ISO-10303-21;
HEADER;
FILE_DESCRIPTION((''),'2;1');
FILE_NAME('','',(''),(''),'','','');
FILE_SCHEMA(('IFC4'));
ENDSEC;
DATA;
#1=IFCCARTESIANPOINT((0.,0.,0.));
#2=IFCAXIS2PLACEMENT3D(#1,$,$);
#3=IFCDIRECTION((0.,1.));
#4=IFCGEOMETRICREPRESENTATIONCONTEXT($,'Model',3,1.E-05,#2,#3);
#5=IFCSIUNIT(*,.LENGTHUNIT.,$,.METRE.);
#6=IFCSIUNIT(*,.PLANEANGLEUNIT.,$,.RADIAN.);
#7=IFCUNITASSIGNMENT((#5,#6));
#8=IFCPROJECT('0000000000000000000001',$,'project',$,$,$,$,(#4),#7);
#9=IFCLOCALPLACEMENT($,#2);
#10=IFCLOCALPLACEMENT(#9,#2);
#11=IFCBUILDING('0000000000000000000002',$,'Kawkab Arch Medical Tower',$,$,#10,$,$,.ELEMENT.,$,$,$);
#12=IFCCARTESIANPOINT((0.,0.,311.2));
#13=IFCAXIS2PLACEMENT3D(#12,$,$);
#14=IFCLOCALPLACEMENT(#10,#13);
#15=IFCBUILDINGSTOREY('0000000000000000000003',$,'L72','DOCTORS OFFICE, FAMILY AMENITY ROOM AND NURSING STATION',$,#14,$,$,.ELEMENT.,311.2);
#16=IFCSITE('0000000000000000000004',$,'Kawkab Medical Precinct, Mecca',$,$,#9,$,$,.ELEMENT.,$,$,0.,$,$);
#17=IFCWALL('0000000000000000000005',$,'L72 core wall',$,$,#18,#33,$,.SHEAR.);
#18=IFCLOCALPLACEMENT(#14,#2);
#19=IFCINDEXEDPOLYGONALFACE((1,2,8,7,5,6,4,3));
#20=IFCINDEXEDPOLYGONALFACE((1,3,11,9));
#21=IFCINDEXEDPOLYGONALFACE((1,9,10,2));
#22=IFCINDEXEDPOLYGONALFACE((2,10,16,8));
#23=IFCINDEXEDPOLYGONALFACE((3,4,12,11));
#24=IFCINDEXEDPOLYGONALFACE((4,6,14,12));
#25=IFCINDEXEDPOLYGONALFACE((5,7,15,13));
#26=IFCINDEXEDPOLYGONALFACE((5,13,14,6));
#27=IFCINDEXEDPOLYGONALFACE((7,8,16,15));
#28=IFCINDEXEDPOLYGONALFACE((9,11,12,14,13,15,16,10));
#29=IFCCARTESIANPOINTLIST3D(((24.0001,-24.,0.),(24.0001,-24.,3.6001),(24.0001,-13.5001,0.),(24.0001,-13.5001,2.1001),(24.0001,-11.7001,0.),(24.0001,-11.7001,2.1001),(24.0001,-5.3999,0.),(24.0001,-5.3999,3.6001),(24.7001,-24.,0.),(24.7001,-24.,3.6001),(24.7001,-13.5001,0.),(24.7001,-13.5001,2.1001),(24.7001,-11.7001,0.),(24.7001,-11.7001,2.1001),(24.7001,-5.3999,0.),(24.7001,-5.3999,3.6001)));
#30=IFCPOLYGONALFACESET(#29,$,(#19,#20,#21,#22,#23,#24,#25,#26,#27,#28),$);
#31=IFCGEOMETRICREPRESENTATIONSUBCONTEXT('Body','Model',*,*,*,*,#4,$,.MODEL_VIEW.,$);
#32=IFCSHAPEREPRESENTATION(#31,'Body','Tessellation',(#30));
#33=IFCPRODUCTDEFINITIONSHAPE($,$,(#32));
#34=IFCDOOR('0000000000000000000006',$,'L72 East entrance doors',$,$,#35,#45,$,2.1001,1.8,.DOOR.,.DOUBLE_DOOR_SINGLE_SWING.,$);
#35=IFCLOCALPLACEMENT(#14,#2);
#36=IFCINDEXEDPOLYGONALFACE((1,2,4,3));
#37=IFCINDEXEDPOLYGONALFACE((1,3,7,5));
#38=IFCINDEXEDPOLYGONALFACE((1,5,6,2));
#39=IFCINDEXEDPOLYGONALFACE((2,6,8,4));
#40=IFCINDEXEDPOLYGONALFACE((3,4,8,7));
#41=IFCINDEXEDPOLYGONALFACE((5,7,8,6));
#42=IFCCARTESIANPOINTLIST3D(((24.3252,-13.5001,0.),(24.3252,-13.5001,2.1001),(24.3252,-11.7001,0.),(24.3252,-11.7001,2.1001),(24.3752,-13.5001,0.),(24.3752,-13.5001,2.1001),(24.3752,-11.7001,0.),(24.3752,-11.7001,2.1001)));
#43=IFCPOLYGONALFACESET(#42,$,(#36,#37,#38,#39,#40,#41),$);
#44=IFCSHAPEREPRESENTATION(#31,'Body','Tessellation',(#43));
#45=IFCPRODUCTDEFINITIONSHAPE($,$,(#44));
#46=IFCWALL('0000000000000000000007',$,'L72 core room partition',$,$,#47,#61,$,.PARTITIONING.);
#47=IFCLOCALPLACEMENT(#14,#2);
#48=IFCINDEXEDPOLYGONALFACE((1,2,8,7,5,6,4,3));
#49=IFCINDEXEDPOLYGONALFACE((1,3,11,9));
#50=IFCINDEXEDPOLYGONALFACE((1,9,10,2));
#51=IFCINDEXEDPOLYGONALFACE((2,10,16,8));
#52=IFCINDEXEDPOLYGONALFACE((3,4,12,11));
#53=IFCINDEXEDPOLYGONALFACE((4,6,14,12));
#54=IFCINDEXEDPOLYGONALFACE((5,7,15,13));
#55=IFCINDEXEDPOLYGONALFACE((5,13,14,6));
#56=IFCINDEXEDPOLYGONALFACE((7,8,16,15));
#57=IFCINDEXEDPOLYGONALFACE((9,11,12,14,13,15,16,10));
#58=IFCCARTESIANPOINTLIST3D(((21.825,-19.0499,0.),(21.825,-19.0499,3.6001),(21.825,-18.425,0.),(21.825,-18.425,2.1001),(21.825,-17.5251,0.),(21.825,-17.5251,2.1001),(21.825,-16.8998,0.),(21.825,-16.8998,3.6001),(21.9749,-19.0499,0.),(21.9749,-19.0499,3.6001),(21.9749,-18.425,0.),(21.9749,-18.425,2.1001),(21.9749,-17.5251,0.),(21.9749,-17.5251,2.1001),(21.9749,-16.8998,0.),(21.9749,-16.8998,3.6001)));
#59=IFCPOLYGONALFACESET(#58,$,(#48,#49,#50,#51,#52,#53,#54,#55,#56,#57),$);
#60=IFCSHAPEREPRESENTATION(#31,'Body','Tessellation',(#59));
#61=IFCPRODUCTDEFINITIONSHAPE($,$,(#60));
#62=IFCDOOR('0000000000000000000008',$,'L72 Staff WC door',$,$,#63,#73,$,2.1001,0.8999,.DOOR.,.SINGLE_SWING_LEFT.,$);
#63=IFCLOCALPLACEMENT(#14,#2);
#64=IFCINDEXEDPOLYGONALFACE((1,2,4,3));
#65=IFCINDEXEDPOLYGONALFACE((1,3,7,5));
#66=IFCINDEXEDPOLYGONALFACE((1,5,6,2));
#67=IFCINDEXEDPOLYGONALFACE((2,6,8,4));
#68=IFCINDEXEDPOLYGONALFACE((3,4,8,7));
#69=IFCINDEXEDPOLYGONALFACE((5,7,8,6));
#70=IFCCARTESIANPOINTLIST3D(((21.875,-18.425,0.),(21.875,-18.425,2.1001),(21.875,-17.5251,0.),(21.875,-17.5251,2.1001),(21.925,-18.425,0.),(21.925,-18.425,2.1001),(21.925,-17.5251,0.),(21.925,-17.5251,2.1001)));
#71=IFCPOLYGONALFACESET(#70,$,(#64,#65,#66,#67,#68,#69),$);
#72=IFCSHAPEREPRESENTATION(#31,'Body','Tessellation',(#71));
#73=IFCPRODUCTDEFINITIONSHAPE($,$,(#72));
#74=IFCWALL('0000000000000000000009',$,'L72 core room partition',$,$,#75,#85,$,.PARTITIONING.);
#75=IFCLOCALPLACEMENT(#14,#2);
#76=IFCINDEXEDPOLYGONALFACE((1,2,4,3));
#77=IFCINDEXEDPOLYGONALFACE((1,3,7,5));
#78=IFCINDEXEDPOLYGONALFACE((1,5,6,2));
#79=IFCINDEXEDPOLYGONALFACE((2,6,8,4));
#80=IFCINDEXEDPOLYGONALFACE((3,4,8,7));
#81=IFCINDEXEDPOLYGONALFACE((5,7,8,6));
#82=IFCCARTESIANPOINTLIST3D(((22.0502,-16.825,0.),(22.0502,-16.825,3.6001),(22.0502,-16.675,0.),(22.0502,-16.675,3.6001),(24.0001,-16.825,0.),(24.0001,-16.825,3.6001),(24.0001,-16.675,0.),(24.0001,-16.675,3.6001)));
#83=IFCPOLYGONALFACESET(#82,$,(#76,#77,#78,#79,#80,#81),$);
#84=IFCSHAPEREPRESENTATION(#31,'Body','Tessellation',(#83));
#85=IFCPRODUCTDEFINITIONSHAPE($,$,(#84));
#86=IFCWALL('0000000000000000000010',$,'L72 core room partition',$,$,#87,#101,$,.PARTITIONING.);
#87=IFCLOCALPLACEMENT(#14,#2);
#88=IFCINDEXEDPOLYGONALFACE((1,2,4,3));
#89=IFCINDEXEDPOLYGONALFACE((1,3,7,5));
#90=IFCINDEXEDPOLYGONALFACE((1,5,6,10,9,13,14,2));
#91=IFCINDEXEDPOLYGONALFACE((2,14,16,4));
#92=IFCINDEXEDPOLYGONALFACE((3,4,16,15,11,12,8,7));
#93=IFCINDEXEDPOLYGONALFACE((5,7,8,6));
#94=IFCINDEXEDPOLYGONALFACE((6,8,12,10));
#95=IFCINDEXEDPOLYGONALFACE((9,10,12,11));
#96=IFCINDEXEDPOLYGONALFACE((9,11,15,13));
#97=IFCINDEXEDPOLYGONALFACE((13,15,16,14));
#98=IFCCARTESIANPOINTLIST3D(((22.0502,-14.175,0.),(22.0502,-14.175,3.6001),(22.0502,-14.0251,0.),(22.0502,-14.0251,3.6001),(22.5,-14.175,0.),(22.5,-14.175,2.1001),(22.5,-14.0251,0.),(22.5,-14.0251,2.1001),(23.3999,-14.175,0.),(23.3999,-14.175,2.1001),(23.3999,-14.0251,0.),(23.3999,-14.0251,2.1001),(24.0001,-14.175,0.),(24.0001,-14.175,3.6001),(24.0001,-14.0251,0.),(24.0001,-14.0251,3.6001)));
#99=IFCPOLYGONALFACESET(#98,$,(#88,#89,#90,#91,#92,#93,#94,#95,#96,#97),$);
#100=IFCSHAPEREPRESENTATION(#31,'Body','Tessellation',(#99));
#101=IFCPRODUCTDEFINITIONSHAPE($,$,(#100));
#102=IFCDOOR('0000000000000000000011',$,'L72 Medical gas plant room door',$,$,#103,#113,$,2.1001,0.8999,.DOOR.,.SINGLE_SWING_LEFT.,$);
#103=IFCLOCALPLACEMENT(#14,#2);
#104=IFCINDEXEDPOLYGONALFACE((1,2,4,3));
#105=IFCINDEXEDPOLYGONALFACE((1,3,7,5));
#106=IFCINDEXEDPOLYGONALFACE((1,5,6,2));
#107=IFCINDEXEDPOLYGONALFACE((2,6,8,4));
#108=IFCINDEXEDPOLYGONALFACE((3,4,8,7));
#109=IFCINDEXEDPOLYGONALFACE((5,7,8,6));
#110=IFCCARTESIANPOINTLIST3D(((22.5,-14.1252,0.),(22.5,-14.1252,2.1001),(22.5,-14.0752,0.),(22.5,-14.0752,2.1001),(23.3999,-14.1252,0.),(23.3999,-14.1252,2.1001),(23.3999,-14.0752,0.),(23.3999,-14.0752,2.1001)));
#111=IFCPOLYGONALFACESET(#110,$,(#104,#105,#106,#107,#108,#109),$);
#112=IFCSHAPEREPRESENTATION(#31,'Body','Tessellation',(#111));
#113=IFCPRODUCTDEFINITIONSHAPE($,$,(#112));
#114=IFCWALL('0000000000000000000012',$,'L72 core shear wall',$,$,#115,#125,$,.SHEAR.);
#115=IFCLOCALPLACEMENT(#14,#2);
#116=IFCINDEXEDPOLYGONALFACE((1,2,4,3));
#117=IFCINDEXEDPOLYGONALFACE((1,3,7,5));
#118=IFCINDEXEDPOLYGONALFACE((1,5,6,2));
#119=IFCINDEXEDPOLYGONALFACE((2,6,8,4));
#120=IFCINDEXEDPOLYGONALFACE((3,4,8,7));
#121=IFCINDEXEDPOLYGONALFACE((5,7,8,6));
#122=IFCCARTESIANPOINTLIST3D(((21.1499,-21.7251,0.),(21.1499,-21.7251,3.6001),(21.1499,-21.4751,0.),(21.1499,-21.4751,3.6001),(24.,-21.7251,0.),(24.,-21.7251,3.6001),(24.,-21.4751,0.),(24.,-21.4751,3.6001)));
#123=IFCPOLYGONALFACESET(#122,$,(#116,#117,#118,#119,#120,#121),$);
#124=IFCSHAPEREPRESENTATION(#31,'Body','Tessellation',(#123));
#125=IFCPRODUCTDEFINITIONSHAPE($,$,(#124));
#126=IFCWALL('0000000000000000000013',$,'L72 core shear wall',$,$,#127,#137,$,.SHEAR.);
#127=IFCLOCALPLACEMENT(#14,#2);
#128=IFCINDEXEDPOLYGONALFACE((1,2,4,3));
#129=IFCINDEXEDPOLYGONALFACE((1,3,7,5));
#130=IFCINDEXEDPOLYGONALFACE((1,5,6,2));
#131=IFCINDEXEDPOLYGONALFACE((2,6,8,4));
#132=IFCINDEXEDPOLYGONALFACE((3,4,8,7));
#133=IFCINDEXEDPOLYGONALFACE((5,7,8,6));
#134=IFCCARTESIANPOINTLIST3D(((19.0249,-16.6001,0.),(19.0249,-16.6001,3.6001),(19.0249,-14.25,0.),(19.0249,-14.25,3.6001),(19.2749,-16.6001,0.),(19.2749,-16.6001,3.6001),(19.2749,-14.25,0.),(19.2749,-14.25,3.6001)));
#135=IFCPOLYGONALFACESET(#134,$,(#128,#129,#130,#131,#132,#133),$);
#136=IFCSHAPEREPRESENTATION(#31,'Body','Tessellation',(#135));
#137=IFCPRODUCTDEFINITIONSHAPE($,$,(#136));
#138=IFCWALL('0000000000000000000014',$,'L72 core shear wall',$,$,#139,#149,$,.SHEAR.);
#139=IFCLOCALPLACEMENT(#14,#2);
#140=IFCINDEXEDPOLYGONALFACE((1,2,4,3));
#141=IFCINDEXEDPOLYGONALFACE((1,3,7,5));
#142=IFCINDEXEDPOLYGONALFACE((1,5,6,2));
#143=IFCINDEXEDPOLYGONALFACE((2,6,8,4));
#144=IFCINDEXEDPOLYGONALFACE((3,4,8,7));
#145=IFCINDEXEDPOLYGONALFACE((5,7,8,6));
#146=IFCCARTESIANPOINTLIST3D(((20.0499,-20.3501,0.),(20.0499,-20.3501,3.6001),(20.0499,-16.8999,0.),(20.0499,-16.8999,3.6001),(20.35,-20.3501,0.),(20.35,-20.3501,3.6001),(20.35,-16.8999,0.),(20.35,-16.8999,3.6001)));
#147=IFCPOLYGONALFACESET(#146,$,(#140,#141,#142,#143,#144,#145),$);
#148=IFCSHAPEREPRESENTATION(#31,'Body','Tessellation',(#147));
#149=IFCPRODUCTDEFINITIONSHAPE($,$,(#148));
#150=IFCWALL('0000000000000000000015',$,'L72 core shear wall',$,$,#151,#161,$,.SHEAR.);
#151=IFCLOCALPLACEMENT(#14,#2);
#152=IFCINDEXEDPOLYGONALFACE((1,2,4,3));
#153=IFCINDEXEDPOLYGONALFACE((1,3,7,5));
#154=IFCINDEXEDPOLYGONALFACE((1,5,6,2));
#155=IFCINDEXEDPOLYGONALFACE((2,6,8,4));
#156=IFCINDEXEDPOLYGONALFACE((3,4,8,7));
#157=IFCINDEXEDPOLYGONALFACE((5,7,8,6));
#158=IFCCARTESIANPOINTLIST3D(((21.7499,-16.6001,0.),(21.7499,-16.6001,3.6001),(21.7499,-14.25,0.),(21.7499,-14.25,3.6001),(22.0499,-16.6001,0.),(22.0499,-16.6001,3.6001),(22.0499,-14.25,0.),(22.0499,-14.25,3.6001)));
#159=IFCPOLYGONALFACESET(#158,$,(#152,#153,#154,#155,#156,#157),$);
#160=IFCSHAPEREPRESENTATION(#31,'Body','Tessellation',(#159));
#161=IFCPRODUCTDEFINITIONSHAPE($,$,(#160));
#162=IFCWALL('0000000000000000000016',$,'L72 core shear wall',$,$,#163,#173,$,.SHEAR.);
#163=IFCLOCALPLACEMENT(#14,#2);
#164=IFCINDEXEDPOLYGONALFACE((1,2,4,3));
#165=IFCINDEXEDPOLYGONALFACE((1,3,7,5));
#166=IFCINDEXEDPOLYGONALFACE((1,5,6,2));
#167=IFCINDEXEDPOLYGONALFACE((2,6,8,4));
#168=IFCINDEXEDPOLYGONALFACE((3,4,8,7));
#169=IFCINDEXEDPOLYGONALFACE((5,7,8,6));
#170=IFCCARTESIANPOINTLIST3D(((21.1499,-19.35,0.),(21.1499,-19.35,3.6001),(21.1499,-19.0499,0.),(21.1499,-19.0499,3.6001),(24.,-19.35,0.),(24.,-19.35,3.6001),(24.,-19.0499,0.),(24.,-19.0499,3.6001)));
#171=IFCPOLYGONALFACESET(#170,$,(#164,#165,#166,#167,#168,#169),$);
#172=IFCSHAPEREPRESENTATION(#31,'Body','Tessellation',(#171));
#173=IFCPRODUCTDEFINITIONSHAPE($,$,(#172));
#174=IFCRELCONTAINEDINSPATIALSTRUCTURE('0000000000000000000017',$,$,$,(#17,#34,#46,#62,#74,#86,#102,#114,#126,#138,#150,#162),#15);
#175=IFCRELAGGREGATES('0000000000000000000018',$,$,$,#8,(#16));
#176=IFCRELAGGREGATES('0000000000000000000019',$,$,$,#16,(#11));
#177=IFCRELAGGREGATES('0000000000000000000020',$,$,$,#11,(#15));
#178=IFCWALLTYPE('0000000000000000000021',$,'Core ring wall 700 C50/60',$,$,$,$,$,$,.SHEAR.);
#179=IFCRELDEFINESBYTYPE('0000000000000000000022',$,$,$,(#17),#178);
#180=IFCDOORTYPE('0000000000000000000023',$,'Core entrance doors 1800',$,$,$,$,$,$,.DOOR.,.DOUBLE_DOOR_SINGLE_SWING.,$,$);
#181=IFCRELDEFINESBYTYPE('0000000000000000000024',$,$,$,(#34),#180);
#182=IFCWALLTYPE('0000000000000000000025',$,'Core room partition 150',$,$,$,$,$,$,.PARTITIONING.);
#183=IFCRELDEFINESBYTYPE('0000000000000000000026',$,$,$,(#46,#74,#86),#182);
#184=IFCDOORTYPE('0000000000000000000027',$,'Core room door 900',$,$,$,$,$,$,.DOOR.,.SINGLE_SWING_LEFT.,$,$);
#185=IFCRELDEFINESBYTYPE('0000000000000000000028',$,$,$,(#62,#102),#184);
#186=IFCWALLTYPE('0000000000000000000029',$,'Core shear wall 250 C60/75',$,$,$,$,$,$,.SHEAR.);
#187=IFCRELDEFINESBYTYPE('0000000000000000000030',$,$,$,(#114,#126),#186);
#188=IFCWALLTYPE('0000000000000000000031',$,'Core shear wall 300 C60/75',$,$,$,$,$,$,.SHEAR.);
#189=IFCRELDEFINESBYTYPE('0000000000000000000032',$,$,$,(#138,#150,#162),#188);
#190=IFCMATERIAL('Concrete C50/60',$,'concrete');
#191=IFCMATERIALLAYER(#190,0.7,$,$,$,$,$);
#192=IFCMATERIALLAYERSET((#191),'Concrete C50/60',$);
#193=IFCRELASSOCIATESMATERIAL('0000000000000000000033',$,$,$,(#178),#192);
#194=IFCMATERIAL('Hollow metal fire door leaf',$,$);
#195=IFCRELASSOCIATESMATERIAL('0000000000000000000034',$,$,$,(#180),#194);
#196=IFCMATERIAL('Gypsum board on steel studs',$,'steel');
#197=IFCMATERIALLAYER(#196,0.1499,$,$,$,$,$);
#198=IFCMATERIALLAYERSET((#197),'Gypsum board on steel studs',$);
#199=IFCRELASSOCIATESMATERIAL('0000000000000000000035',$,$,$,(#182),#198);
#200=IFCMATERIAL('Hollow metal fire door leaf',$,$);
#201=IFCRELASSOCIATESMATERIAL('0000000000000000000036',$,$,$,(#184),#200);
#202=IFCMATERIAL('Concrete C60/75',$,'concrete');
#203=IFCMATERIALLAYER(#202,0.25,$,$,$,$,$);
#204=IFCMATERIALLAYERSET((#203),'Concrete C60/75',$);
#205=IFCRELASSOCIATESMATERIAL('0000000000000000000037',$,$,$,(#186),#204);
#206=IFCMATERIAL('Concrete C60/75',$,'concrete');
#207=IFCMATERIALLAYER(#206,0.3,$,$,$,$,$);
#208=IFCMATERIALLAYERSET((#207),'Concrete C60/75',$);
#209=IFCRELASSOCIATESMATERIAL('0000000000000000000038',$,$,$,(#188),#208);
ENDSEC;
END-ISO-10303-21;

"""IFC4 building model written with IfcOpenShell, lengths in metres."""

from ifc_helpers import new_model, si_unit, direction, frame, frame_2d, origin, place, context, subcontext, project, spatial, rectangle, extrude, material, layer, layer_set, type_object, element, fill, save


model = new_model("IFC4")

# Units and contexts
model_context = context("Model", 3, precision=1e-05, world=origin(), true_north=direction((0.0, 1.0)))
body_context = subcontext(model_context, "Body", "Model", "MODEL_VIEW")
ifc_project = project(units=[si_unit("LENGTHUNIT", "METRE"), si_unit("PLANEANGLEUNIT", "RADIAN")], contexts=[model_context])

# Site, building, storey
site_placement = place(None, origin())
site = spatial("IfcSite", under=ifc_project, at=site_placement, Name="Kawkab Medical Precinct, Mecca", CompositionType="ELEMENT", RefElevation=0.0)
building_placement = place(site_placement, origin())
building = spatial("IfcBuilding", under=site, at=building_placement, Name="Kawkab Arch Medical Tower", CompositionType="ELEMENT")
storey_placement = place(building_placement, frame((0.0, 0.0, 311.2)))
storey = spatial("IfcBuildingStorey", under=building, at=storey_placement, Name="L72", Description="DOCTORS OFFICE, FAMILY AMENITY ROOM AND NURSING STATION", CompositionType="ELEMENT", Elevation=311.2)

# Walls, openings, doors
ifc_material_1 = material(Name="Concrete C50/60", Category="concrete")
ifc_layer_1 = layer(ifc_material_1, 0.7)
ifc_layer_set_1 = layer_set([ifc_layer_1], Name="Concrete C50/60")
wall_type_1 = type_object("IfcWallType", Name="Core ring wall 700 C50/60", PredefinedType="SHEAR", material=ifc_layer_set_1)
wall_1_placement = place(storey_placement, frame((24.3501, -24.0, 0.0), z_axis=(0.0, 0.0, 1.0), x_axis=(0.0, 1.0, 0.0)))
wall_1 = element("IfcWall", 1, at=wall_1_placement, inside=storey, type_object=wall_type_1, Name="L72 core wall", PredefinedType="SHEAR", context=body_context, shape_type="SweptSolid", body=[
    extrude(rectangle(XDim=18.6001, YDim=0.7, at=frame_2d((9.3, 0.0))), origin(), (0.0, 0.0, 1.0), 3.6001),
])
opening_1_placement = place(wall_1_placement, frame((10.5, 0.0, 0.0)))
opening_1 = element("IfcOpeningElement", 2, at=opening_1_placement, cuts=wall_1, PredefinedType="OPENING", context=body_context, shape_type="SweptSolid", body=[
    extrude(rectangle(XDim=1.8, YDim=2.1001, at=frame_2d((0.8999, 1.05))), frame((0.0, 0.3599, 0.0), z_axis=(0.0, -1.0, 0.0), x_axis=(1.0, 0.0, 0.0)), (0.0, 0.0, 1.0), 0.72),
])
ifc_material_2 = material(Name="Hollow metal fire door leaf")
door_type_1 = type_object("IfcDoorType", Name="Core entrance doors 1800", OperationType="DOUBLE_DOOR_SINGLE_SWING", PredefinedType="DOOR", material=ifc_material_2)
door_1_placement = place(opening_1_placement, origin())
door_1 = element("IfcDoor", 3, at=door_1_placement, inside=storey, type_object=door_type_1, Name="L72 East entrance doors", OperationType="DOUBLE_DOOR_SINGLE_SWING", OverallHeight=2.1001, OverallWidth=1.8, PredefinedType="DOOR", context=body_context, shape_type="SweptSolid", body=[
    extrude(rectangle(XDim=1.8, YDim=2.1001, at=frame_2d((0.8999, 1.05))), frame((0.0, 0.0249, 0.0), z_axis=(0.0, -1.0, 0.0), x_axis=(1.0, 0.0, 0.0)), (0.0, 0.0, 1.0), 0.05),
])
fill(opening_1, door_1)
ifc_material_3 = material(Name="Gypsum board on steel studs", Category="steel")
ifc_layer_2 = layer(ifc_material_3, 0.1499)
ifc_layer_set_2 = layer_set([ifc_layer_2], Name="Gypsum board on steel studs")
wall_type_2 = type_object("IfcWallType", Name="Core room partition 150", PredefinedType="PARTITIONING", material=ifc_layer_set_2)
wall_2_placement = place(storey_placement, frame((21.8999, -19.05, 0.0), z_axis=(0.0, 0.0, 1.0), x_axis=(0.0, 1.0, 0.0)))
wall_2 = element("IfcWall", 4, at=wall_2_placement, inside=storey, type_object=wall_type_2, Name="L72 core room partition", PredefinedType="PARTITIONING", context=body_context, shape_type="SweptSolid", body=[
    extrude(rectangle(XDim=2.1501, YDim=0.1499, at=frame_2d((1.0752, 0.0))), origin(), (0.0, 0.0, 1.0), 3.6001),
])
opening_2_placement = place(wall_2_placement, frame((0.625, 0.0, 0.0)))
opening_2 = element("IfcOpeningElement", 5, at=opening_2_placement, cuts=wall_2, PredefinedType="OPENING", context=body_context, shape_type="SweptSolid", body=[
    extrude(rectangle(XDim=0.8999, YDim=2.1001, at=frame_2d((0.45, 1.05))), frame((0.0, 0.085, 0.0), z_axis=(0.0, -1.0, 0.0), x_axis=(1.0, 0.0, 0.0)), (0.0, 0.0, 1.0), 0.1699),
])
ifc_material_4 = material(Name="Hollow metal fire door leaf")
door_type_2 = type_object("IfcDoorType", Name="Core room door 900", OperationType="SINGLE_SWING_LEFT", PredefinedType="DOOR", material=ifc_material_4)
door_2_placement = place(opening_2_placement, origin())
door_2 = element("IfcDoor", 6, at=door_2_placement, inside=storey, type_object=door_type_2, Name="L72 Staff WC door", OperationType="SINGLE_SWING_LEFT", OverallHeight=2.1001, OverallWidth=0.8999, PredefinedType="DOOR", context=body_context, shape_type="SweptSolid", body=[
    extrude(rectangle(XDim=0.8999, YDim=2.1001, at=frame_2d((0.45, 1.05))), frame((0.0, 0.0249, 0.0), z_axis=(0.0, -1.0, 0.0), x_axis=(1.0, 0.0, 0.0)), (0.0, 0.0, 1.0), 0.05),
])
fill(opening_2, door_2)

# Wall
wall_3_placement = place(storey_placement, frame((22.05, -16.75, 0.0), z_axis=(0.0, 0.0, 1.0), x_axis=(1.0, 0.0, 0.0)))
element("IfcWall", 7, at=wall_3_placement, inside=storey, type_object=wall_type_2, Name="L72 core room partition", PredefinedType="PARTITIONING", context=body_context, shape_type="SweptSolid", body=[
    extrude(rectangle(XDim=1.95, YDim=0.1499, at=frame_2d((0.9751, 0.0))), origin(), (0.0, 0.0, 1.0), 3.6001),
])

# Wall, opening, door
wall_4_placement = place(storey_placement, frame((22.05, -14.1001, 0.0), z_axis=(0.0, 0.0, 1.0), x_axis=(1.0, 0.0, 0.0)))
wall_4 = element("IfcWall", 8, at=wall_4_placement, inside=storey, type_object=wall_type_2, Name="L72 core room partition", PredefinedType="PARTITIONING", context=body_context, shape_type="SweptSolid", body=[
    extrude(rectangle(XDim=1.95, YDim=0.1499, at=frame_2d((0.9751, 0.0))), origin(), (0.0, 0.0, 1.0), 3.6001),
])
opening_3_placement = place(wall_4_placement, frame((0.45, 0.0, 0.0)))
opening_3 = element("IfcOpeningElement", 9, at=opening_3_placement, cuts=wall_4, PredefinedType="OPENING", context=body_context, shape_type="SweptSolid", body=[
    extrude(rectangle(XDim=0.8999, YDim=2.1001, at=frame_2d((0.45, 1.05))), frame((0.0, 0.085, 0.0), z_axis=(0.0, -1.0, 0.0), x_axis=(1.0, 0.0, 0.0)), (0.0, 0.0, 1.0), 0.1699),
])
door_3_placement = place(opening_3_placement, origin())
door_3 = element("IfcDoor", 10, at=door_3_placement, inside=storey, type_object=door_type_2, Name="L72 Medical gas plant room door", OperationType="SINGLE_SWING_LEFT", OverallHeight=2.1001, OverallWidth=0.8999, PredefinedType="DOOR", context=body_context, shape_type="SweptSolid", body=[
    extrude(rectangle(XDim=0.8999, YDim=2.1001, at=frame_2d((0.45, 1.05))), frame((0.0, 0.0249, 0.0), z_axis=(0.0, -1.0, 0.0), x_axis=(1.0, 0.0, 0.0)), (0.0, 0.0, 1.0), 0.05),
])
fill(opening_3, door_3)

# Walls
ifc_material_5 = material(Name="Concrete C60/75", Category="concrete")
ifc_layer_3 = layer(ifc_material_5, 0.25)
ifc_layer_set_3 = layer_set([ifc_layer_3], Name="Concrete C60/75")
wall_type_3 = type_object("IfcWallType", Name="Core shear wall 250 C60/75", PredefinedType="SHEAR", material=ifc_layer_set_3)
wall_5_placement = place(storey_placement, frame((21.1499, -21.6001, 0.0), z_axis=(0.0, 0.0, 1.0), x_axis=(1.0, 0.0, 0.0)))
element("IfcWall", 11, at=wall_5_placement, inside=storey, type_object=wall_type_3, Name="L72 core shear wall", PredefinedType="SHEAR", context=body_context, shape_type="SweptSolid", body=[
    extrude(rectangle(XDim=2.8501, YDim=0.25, at=frame_2d((1.425, 0.0))), origin(), (0.0, 0.0, 1.0), 3.6001),
])
wall_6_placement = place(storey_placement, frame((19.1499, -16.6001, 0.0), z_axis=(0.0, 0.0, 1.0), x_axis=(0.0, 1.0, 0.0)))
element("IfcWall", 12, at=wall_6_placement, inside=storey, type_object=wall_type_3, Name="L72 core shear wall", PredefinedType="SHEAR", context=body_context, shape_type="SweptSolid", body=[
    extrude(rectangle(XDim=2.3501, YDim=0.25, at=frame_2d((1.175, 0.0))), origin(), (0.0, 0.0, 1.0), 3.6001),
])
ifc_material_6 = material(Name="Concrete C60/75", Category="concrete")
ifc_layer_4 = layer(ifc_material_6, 0.3)
ifc_layer_set_4 = layer_set([ifc_layer_4], Name="Concrete C60/75")
wall_type_4 = type_object("IfcWallType", Name="Core shear wall 300 C60/75", PredefinedType="SHEAR", material=ifc_layer_set_4)
wall_7_placement = place(storey_placement, frame((20.2, -20.3501, 0.0), z_axis=(0.0, 0.0, 1.0), x_axis=(0.0, 1.0, 0.0)))
element("IfcWall", 13, at=wall_7_placement, inside=storey, type_object=wall_type_4, Name="L72 core shear wall", PredefinedType="SHEAR", context=body_context, shape_type="SweptSolid", body=[
    extrude(rectangle(XDim=3.4502, YDim=0.3, at=frame_2d((1.7251, 0.0))), origin(), (0.0, 0.0, 1.0), 3.6001),
])
wall_8_placement = place(storey_placement, frame((21.8999, -16.6001, 0.0), z_axis=(0.0, 0.0, 1.0), x_axis=(0.0, 1.0, 0.0)))
element("IfcWall", 14, at=wall_8_placement, inside=storey, type_object=wall_type_4, Name="L72 core shear wall", PredefinedType="SHEAR", context=body_context, shape_type="SweptSolid", body=[
    extrude(rectangle(XDim=2.3501, YDim=0.3, at=frame_2d((1.175, 0.0))), origin(), (0.0, 0.0, 1.0), 3.6001),
])
wall_9_placement = place(storey_placement, frame((21.1499, -19.2, 0.0), z_axis=(0.0, 0.0, 1.0), x_axis=(1.0, 0.0, 0.0)))
element("IfcWall", 15, at=wall_9_placement, inside=storey, type_object=wall_type_4, Name="L72 core shear wall", PredefinedType="SHEAR", context=body_context, shape_type="SweptSolid", body=[
    extrude(rectangle(XDim=2.8501, YDim=0.3, at=frame_2d((1.425, 0.0))), origin(), (0.0, 0.0, 1.0), 3.6001),
])

save(model, "model.ifc")
